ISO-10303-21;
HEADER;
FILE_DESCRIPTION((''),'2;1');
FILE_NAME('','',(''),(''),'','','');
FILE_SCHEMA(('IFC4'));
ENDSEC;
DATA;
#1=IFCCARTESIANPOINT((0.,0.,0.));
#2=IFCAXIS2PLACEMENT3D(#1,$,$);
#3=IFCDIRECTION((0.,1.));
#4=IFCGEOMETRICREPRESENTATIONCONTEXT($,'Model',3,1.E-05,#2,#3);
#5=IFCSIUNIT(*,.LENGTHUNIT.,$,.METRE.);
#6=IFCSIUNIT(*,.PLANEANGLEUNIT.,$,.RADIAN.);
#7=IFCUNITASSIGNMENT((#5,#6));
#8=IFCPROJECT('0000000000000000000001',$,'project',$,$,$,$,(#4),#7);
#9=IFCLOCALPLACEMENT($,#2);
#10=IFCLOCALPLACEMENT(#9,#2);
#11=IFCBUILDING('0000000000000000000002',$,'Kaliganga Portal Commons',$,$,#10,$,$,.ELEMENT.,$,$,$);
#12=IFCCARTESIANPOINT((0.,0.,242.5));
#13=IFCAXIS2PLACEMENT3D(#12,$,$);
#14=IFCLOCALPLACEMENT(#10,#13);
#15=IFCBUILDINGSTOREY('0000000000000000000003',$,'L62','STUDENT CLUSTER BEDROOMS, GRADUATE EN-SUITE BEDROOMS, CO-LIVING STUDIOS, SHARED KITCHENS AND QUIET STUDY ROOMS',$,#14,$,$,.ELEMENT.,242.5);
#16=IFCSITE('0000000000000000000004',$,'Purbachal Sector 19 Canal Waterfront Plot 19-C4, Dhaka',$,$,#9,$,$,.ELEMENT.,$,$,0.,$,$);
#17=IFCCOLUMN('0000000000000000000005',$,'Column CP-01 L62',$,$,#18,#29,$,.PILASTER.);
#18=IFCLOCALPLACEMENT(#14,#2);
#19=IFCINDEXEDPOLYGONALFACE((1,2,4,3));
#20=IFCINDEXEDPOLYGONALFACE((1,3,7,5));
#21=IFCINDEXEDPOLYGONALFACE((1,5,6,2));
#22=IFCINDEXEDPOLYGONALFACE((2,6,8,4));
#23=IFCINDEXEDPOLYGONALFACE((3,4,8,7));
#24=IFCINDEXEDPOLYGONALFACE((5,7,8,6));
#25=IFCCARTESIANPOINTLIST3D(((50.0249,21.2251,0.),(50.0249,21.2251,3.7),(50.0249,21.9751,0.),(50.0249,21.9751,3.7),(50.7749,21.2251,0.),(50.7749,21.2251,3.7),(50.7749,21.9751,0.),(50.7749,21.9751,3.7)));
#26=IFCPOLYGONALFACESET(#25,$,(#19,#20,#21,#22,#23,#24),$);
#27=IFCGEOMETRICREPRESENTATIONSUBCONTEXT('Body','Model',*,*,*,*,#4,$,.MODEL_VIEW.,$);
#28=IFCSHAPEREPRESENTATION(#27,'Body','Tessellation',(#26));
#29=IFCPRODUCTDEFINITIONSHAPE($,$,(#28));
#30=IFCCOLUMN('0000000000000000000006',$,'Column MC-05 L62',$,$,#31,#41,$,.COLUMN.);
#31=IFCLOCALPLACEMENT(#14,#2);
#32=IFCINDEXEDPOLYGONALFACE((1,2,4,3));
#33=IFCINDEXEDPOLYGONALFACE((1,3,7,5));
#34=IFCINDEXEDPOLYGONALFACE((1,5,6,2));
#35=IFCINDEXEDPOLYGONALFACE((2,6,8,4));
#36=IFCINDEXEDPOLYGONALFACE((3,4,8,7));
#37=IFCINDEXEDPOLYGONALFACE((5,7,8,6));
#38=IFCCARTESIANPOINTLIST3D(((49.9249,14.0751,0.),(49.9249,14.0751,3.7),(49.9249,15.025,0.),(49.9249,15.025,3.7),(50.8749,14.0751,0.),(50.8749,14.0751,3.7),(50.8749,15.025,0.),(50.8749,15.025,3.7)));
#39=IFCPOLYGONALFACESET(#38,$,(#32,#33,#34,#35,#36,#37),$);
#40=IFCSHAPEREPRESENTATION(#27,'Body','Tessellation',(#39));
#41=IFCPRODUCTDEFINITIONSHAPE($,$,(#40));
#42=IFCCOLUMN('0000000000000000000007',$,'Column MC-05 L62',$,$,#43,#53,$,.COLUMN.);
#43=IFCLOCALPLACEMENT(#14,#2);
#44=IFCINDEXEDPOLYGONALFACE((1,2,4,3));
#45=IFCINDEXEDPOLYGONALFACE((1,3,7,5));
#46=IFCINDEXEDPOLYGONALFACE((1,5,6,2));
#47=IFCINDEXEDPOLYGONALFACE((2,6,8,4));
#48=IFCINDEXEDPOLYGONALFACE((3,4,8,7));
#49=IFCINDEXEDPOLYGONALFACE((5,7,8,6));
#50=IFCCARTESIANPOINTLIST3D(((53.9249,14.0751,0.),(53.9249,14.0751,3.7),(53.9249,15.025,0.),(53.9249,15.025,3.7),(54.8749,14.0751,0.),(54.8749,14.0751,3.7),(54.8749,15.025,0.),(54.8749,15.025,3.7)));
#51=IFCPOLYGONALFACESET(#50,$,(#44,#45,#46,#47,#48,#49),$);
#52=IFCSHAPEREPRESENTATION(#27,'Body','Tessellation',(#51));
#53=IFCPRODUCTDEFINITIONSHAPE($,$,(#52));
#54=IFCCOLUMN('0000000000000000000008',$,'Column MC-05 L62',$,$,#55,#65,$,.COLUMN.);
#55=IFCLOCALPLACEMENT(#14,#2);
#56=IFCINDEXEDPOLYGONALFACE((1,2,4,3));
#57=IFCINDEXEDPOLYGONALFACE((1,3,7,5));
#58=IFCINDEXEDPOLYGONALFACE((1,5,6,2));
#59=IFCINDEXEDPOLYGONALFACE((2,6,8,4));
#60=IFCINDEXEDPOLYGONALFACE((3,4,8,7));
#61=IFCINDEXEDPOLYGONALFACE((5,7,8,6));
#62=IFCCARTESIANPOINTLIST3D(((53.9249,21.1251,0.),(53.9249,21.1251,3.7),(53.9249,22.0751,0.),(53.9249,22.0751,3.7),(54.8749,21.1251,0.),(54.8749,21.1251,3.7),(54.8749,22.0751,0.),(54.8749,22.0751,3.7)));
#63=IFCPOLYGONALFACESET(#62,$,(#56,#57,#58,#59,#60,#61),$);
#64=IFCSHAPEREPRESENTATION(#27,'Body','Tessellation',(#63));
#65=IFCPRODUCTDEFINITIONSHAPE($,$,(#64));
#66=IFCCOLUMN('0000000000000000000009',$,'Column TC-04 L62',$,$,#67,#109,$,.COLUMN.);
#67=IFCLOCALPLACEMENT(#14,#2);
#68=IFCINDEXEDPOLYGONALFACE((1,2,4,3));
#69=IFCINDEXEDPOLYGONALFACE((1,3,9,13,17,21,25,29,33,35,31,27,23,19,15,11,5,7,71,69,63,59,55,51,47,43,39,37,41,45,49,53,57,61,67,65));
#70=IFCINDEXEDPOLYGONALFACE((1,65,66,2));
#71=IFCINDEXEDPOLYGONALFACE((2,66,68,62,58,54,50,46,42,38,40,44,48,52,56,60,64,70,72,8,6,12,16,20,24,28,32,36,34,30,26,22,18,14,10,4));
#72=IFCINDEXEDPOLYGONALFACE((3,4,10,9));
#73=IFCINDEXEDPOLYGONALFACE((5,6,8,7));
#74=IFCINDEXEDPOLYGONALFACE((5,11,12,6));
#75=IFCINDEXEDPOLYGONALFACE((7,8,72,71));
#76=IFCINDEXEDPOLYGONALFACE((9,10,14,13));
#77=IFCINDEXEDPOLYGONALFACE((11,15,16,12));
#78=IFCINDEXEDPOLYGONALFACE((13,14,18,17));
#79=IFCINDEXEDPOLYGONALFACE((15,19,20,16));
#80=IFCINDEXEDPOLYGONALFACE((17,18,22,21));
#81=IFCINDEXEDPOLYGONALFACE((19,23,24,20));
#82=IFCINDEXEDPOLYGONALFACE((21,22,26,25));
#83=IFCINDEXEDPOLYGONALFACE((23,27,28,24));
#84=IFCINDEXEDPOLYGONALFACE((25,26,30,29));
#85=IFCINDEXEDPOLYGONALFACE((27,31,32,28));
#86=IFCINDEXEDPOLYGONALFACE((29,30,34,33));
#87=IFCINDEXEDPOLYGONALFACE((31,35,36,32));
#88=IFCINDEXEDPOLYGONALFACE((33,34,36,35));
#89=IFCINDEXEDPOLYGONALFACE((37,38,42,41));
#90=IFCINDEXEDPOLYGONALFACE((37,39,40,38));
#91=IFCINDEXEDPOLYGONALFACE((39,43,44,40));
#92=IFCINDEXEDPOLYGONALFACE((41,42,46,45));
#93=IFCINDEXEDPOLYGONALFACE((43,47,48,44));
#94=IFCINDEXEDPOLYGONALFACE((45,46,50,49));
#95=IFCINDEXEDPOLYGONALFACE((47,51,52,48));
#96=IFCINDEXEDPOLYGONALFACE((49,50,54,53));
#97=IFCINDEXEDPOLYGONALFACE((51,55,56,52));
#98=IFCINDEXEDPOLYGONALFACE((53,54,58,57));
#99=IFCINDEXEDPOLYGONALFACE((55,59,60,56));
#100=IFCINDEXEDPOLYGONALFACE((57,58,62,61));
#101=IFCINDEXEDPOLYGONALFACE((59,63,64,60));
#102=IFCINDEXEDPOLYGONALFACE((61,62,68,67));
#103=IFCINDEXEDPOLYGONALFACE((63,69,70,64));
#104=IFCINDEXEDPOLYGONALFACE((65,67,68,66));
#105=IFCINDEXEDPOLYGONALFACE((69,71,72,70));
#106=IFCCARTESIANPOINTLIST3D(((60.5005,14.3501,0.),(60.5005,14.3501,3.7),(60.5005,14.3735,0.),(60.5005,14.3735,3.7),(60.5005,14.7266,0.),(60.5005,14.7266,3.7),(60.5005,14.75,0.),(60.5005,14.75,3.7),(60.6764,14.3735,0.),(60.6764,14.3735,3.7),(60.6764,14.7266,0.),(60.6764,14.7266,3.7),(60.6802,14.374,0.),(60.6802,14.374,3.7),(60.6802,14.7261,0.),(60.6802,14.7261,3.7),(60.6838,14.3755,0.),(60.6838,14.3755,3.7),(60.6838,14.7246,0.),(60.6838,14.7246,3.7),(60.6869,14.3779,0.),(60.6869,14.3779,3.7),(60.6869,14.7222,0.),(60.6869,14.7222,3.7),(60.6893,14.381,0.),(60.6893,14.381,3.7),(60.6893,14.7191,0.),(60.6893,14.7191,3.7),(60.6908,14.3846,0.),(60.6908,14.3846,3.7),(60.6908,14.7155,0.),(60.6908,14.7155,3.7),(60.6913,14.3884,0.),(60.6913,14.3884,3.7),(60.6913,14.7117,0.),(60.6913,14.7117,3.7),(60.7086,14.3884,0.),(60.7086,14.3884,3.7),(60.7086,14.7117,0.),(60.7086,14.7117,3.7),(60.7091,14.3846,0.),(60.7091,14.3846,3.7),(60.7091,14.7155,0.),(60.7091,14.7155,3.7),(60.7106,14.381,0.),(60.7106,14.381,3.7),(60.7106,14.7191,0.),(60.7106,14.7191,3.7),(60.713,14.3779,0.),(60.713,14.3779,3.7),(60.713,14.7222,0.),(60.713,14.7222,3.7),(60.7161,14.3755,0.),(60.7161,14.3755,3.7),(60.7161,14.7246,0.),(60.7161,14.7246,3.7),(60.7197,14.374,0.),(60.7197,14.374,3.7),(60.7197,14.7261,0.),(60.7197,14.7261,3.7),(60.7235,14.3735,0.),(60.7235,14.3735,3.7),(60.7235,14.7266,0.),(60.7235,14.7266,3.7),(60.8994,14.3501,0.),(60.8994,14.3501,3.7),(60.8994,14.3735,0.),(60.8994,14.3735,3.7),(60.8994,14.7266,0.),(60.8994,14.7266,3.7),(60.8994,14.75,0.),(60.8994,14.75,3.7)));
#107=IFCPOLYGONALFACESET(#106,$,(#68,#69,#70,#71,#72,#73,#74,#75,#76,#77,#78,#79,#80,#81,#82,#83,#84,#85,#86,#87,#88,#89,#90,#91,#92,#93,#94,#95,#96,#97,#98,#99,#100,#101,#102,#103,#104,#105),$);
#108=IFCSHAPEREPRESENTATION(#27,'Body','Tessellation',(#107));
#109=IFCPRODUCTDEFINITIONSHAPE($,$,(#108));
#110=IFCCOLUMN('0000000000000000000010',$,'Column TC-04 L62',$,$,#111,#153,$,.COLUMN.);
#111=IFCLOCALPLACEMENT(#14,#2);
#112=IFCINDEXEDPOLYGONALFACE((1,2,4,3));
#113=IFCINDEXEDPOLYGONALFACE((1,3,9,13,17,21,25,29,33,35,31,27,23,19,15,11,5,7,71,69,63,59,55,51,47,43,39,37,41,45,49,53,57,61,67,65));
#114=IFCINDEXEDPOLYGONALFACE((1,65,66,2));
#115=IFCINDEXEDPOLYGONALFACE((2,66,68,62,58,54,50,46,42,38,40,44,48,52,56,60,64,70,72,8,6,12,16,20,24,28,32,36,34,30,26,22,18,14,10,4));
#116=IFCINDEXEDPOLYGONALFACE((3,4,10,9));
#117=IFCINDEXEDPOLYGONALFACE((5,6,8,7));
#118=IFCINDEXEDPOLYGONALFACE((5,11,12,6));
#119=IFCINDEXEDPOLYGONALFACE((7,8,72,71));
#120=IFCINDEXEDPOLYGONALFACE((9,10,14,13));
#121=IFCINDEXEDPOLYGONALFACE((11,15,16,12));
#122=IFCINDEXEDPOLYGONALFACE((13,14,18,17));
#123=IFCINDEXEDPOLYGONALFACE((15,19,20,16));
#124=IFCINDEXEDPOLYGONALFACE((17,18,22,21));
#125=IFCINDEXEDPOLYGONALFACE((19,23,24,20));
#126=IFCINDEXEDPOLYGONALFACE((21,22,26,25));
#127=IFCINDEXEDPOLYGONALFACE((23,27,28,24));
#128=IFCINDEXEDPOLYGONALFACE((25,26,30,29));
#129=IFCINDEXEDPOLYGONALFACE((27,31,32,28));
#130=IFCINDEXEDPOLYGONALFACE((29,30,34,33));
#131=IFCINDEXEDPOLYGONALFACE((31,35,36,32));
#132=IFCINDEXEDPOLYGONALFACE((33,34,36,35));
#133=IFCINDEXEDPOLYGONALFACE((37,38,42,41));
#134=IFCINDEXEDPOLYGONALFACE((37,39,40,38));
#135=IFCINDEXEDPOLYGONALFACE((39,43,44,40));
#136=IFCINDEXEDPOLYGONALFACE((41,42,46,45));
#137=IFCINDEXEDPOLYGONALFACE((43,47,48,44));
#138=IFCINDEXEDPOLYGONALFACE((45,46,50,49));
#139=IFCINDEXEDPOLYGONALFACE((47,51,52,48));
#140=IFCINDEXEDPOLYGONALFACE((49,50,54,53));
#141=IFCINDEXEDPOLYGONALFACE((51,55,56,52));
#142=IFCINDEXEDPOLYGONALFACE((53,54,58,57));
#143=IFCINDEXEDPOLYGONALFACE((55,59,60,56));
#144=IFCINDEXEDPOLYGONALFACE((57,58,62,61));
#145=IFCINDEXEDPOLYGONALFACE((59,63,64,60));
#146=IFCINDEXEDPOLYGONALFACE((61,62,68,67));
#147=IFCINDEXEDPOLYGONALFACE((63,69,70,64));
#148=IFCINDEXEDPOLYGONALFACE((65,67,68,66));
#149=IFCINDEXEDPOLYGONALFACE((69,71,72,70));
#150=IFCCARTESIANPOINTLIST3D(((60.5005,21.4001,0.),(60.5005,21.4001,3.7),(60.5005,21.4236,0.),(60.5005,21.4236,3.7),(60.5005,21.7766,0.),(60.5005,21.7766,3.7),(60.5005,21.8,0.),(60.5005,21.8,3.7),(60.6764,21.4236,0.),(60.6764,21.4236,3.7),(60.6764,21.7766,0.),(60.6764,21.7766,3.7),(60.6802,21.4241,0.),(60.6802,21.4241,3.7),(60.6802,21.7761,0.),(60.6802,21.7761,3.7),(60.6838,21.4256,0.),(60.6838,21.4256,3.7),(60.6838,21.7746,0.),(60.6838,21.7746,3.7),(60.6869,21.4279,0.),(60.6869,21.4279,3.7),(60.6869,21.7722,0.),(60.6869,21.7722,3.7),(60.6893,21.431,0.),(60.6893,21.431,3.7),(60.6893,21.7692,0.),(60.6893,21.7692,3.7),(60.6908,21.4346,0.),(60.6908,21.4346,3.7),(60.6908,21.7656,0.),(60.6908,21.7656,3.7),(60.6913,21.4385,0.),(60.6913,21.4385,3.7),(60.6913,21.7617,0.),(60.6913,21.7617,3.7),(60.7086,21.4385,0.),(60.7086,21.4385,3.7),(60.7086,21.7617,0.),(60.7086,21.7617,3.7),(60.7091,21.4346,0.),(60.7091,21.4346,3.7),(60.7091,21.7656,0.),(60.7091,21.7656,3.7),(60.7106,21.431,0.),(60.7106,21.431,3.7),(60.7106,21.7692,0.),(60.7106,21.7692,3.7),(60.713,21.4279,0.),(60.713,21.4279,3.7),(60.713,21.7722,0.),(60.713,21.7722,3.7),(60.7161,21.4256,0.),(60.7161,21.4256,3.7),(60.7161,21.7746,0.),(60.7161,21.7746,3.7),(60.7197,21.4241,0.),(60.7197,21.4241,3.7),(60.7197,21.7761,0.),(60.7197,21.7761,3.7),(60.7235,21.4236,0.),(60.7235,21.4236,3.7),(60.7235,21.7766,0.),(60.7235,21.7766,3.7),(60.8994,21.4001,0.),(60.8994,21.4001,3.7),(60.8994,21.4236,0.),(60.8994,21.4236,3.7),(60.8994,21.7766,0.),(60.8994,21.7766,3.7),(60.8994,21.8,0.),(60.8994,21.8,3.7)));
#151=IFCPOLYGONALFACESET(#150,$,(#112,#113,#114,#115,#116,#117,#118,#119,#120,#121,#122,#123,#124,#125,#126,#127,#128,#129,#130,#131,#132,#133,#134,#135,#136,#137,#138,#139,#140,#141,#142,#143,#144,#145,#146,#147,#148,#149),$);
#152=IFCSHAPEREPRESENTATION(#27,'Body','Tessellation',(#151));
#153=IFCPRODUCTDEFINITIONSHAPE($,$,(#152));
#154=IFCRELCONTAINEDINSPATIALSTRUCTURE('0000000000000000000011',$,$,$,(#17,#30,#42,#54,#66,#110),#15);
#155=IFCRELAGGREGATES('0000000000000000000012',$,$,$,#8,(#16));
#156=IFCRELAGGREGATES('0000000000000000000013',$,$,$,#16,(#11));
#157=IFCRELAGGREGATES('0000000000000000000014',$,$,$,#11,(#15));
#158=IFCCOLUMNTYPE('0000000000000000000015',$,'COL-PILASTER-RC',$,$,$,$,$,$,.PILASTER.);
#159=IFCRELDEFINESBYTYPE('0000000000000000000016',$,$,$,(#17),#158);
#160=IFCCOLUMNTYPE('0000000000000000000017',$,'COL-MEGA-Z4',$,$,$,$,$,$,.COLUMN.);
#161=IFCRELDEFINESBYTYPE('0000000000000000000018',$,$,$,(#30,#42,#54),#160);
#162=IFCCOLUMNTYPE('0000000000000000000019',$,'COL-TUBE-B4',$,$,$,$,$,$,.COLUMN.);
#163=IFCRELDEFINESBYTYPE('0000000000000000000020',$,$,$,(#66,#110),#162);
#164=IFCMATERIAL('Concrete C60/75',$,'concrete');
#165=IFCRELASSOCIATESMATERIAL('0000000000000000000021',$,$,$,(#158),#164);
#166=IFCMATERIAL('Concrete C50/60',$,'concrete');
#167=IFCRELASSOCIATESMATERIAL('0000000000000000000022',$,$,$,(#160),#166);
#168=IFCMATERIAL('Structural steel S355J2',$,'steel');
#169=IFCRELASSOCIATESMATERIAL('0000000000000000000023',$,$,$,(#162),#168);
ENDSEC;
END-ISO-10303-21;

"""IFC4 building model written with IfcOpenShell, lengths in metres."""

from ifc_helpers import new_model, si_unit, direction, frame, origin, origin_2d, place, context, subcontext, project, spatial, rectangle, i_section, extrude, source, transform, mapped, material, material_profile, profile_set, type_object, element, save


model = new_model("IFC4")

# Units and contexts
model_context = context("Model", 3, precision=1e-05, world=origin(), true_north=direction((0.0, 1.0)))
body_context = subcontext(model_context, "Body", "Model", "MODEL_VIEW")
ifc_project = project(units=[si_unit("LENGTHUNIT", "METRE"), si_unit("PLANEANGLEUNIT", "RADIAN")], contexts=[model_context])

# Site, building, storey
site_placement = place(None, origin())
site = spatial("IfcSite", under=ifc_project, at=site_placement, Name="Purbachal Sector 19 Canal Waterfront Plot 19-C4, Dhaka", CompositionType="ELEMENT", RefElevation=0.0)
building_placement = place(site_placement, origin())
building = spatial("IfcBuilding", under=site, at=building_placement, Name="Kaliganga Portal Commons", CompositionType="ELEMENT")
storey_placement = place(building_placement, frame((0.0, 0.0, 242.5)))
storey = spatial("IfcBuildingStorey", under=building, at=storey_placement, Name="L62", Description="STUDENT CLUSTER BEDROOMS, GRADUATE EN-SUITE BEDROOMS, CO-LIVING STUDIOS, SHARED KITCHENS AND QUIET STUDY ROOMS", CompositionType="ELEMENT", Elevation=242.5)

# Columns
ifc_material_1 = material(Name="Concrete C60/75", Category="concrete")
ifc_material_profile_1 = material_profile(ifc_material_1, rectangle(XDim=0.75, YDim=0.75, at=origin_2d()), Name="RC 750x750")
ifc_profile_set_1 = profile_set([ifc_material_profile_1], Name="Concrete C60/75")
column_type_1 = type_object("IfcColumnType", Name="COL-PILASTER-RC", PredefinedType="PILASTER", material=ifc_profile_set_1)
shared_shape_1 = source(origin(), body_context, "Body", "SweptSolid", [
    extrude(rectangle(XDim=0.75, YDim=0.75, at=origin_2d()), origin(), (0.0, 0.0, 1.0), 3.7),
])
column_placement = place(storey_placement, frame((50.3999, 21.6001, 0.0), z_axis=(0.0, 0.0, 1.0), x_axis=(1.0, 0.0, 0.0)))
element("IfcColumn", 1, at=column_placement, inside=storey, type_object=column_type_1, Name="Column CP-01 L62", PredefinedType="PILASTER", context=body_context, shape_type="MappedRepresentation", body=[
    mapped(shared_shape_1, transform((0.0, 0.0, 0.0), x_axis=(1.0, 0.0, 0.0), y_axis=(0.0, 1.0, 0.0), z_axis=(0.0, 0.0, 1.0), scale=1.0)),
])
ifc_material_2 = material(Name="Concrete C50/60", Category="concrete")
ifc_material_profile_2 = material_profile(ifc_material_2, rectangle(XDim=0.95, YDim=0.95, at=origin_2d()), Name="RC 950x950")
ifc_profile_set_2 = profile_set([ifc_material_profile_2], Name="Concrete C50/60")
column_type_2 = type_object("IfcColumnType", Name="COL-MEGA-Z4", PredefinedType="COLUMN", material=ifc_profile_set_2)
shared_shape_2 = source(origin(), body_context, "Body", "SweptSolid", [
    extrude(rectangle(XDim=0.95, YDim=0.95, at=origin_2d()), origin(), (0.0, 0.0, 1.0), 3.7),
])
for number, where, z_axis, x_axis, name in (
    (2, (50.3999, 14.55, 0.0), (0.0, 0.0, 1.0), (1.0, 0.0, 0.0), "Column MC-05 L62"),
    (3, (54.3999, 14.55, 0.0), (0.0, 0.0, 1.0), (1.0, 0.0, 0.0), "Column MC-05 L62"),
    (4, (54.3999, 21.6001, 0.0), (0.0, 0.0, 1.0), (1.0, 0.0, 0.0), "Column MC-05 L62"),
):
    element("IfcColumn", number, at=place(storey_placement, frame(where, z_axis=z_axis, x_axis=x_axis)), inside=storey, type_object=column_type_2, Name=name, PredefinedType="COLUMN", context=body_context, shape_type="MappedRepresentation", body=[
        mapped(shared_shape_2, transform((0.0, 0.0, 0.0), x_axis=(1.0, 0.0, 0.0), y_axis=(0.0, 1.0, 0.0), z_axis=(0.0, 0.0, 1.0), scale=1.0)),
    ])
ifc_material_3 = material(Name="Structural steel S355J2", Category="steel")
ifc_material_profile_3 = material_profile(ifc_material_3, i_section(OverallWidth=0.3989, OverallDepth=0.3999, WebThickness=0.0173, FlangeThickness=0.0234, FilletRadius=0.0149, at=origin_2d()), Name="HD 400x287")
ifc_profile_set_3 = profile_set([ifc_material_profile_3], Name="Structural steel S355J2 wide-flange")
column_type_3 = type_object("IfcColumnType", Name="COL-TUBE-B4", PredefinedType="COLUMN", material=ifc_profile_set_3)
shared_shape_3 = source(origin(), body_context, "Body", "SweptSolid", [
    extrude(i_section(OverallWidth=0.3989, OverallDepth=0.3999, WebThickness=0.0173, FlangeThickness=0.0234, FilletRadius=0.0149, at=origin_2d()), origin(), (0.0, 0.0, 1.0), 3.7),
])
for number, where, z_axis, x_axis, name in (
    (5, (60.7, 14.55, 0.0), (0.0, 0.0, 1.0), (1.0, 0.0, 0.0), "Column TC-04 L62"),
    (6, (60.7, 21.6001, 0.0), (0.0, 0.0, 1.0), (1.0, 0.0, 0.0), "Column TC-04 L62"),
):
    element("IfcColumn", number, at=place(storey_placement, frame(where, z_axis=z_axis, x_axis=x_axis)), inside=storey, type_object=column_type_3, Name=name, PredefinedType="COLUMN", context=body_context, shape_type="MappedRepresentation", body=[
        mapped(shared_shape_3, transform((0.0, 0.0, 0.0), x_axis=(1.0, 0.0, 0.0), y_axis=(0.0, 1.0, 0.0), z_axis=(0.0, 0.0, 1.0), scale=1.0)),
    ])

save(model, "model.ifc")
